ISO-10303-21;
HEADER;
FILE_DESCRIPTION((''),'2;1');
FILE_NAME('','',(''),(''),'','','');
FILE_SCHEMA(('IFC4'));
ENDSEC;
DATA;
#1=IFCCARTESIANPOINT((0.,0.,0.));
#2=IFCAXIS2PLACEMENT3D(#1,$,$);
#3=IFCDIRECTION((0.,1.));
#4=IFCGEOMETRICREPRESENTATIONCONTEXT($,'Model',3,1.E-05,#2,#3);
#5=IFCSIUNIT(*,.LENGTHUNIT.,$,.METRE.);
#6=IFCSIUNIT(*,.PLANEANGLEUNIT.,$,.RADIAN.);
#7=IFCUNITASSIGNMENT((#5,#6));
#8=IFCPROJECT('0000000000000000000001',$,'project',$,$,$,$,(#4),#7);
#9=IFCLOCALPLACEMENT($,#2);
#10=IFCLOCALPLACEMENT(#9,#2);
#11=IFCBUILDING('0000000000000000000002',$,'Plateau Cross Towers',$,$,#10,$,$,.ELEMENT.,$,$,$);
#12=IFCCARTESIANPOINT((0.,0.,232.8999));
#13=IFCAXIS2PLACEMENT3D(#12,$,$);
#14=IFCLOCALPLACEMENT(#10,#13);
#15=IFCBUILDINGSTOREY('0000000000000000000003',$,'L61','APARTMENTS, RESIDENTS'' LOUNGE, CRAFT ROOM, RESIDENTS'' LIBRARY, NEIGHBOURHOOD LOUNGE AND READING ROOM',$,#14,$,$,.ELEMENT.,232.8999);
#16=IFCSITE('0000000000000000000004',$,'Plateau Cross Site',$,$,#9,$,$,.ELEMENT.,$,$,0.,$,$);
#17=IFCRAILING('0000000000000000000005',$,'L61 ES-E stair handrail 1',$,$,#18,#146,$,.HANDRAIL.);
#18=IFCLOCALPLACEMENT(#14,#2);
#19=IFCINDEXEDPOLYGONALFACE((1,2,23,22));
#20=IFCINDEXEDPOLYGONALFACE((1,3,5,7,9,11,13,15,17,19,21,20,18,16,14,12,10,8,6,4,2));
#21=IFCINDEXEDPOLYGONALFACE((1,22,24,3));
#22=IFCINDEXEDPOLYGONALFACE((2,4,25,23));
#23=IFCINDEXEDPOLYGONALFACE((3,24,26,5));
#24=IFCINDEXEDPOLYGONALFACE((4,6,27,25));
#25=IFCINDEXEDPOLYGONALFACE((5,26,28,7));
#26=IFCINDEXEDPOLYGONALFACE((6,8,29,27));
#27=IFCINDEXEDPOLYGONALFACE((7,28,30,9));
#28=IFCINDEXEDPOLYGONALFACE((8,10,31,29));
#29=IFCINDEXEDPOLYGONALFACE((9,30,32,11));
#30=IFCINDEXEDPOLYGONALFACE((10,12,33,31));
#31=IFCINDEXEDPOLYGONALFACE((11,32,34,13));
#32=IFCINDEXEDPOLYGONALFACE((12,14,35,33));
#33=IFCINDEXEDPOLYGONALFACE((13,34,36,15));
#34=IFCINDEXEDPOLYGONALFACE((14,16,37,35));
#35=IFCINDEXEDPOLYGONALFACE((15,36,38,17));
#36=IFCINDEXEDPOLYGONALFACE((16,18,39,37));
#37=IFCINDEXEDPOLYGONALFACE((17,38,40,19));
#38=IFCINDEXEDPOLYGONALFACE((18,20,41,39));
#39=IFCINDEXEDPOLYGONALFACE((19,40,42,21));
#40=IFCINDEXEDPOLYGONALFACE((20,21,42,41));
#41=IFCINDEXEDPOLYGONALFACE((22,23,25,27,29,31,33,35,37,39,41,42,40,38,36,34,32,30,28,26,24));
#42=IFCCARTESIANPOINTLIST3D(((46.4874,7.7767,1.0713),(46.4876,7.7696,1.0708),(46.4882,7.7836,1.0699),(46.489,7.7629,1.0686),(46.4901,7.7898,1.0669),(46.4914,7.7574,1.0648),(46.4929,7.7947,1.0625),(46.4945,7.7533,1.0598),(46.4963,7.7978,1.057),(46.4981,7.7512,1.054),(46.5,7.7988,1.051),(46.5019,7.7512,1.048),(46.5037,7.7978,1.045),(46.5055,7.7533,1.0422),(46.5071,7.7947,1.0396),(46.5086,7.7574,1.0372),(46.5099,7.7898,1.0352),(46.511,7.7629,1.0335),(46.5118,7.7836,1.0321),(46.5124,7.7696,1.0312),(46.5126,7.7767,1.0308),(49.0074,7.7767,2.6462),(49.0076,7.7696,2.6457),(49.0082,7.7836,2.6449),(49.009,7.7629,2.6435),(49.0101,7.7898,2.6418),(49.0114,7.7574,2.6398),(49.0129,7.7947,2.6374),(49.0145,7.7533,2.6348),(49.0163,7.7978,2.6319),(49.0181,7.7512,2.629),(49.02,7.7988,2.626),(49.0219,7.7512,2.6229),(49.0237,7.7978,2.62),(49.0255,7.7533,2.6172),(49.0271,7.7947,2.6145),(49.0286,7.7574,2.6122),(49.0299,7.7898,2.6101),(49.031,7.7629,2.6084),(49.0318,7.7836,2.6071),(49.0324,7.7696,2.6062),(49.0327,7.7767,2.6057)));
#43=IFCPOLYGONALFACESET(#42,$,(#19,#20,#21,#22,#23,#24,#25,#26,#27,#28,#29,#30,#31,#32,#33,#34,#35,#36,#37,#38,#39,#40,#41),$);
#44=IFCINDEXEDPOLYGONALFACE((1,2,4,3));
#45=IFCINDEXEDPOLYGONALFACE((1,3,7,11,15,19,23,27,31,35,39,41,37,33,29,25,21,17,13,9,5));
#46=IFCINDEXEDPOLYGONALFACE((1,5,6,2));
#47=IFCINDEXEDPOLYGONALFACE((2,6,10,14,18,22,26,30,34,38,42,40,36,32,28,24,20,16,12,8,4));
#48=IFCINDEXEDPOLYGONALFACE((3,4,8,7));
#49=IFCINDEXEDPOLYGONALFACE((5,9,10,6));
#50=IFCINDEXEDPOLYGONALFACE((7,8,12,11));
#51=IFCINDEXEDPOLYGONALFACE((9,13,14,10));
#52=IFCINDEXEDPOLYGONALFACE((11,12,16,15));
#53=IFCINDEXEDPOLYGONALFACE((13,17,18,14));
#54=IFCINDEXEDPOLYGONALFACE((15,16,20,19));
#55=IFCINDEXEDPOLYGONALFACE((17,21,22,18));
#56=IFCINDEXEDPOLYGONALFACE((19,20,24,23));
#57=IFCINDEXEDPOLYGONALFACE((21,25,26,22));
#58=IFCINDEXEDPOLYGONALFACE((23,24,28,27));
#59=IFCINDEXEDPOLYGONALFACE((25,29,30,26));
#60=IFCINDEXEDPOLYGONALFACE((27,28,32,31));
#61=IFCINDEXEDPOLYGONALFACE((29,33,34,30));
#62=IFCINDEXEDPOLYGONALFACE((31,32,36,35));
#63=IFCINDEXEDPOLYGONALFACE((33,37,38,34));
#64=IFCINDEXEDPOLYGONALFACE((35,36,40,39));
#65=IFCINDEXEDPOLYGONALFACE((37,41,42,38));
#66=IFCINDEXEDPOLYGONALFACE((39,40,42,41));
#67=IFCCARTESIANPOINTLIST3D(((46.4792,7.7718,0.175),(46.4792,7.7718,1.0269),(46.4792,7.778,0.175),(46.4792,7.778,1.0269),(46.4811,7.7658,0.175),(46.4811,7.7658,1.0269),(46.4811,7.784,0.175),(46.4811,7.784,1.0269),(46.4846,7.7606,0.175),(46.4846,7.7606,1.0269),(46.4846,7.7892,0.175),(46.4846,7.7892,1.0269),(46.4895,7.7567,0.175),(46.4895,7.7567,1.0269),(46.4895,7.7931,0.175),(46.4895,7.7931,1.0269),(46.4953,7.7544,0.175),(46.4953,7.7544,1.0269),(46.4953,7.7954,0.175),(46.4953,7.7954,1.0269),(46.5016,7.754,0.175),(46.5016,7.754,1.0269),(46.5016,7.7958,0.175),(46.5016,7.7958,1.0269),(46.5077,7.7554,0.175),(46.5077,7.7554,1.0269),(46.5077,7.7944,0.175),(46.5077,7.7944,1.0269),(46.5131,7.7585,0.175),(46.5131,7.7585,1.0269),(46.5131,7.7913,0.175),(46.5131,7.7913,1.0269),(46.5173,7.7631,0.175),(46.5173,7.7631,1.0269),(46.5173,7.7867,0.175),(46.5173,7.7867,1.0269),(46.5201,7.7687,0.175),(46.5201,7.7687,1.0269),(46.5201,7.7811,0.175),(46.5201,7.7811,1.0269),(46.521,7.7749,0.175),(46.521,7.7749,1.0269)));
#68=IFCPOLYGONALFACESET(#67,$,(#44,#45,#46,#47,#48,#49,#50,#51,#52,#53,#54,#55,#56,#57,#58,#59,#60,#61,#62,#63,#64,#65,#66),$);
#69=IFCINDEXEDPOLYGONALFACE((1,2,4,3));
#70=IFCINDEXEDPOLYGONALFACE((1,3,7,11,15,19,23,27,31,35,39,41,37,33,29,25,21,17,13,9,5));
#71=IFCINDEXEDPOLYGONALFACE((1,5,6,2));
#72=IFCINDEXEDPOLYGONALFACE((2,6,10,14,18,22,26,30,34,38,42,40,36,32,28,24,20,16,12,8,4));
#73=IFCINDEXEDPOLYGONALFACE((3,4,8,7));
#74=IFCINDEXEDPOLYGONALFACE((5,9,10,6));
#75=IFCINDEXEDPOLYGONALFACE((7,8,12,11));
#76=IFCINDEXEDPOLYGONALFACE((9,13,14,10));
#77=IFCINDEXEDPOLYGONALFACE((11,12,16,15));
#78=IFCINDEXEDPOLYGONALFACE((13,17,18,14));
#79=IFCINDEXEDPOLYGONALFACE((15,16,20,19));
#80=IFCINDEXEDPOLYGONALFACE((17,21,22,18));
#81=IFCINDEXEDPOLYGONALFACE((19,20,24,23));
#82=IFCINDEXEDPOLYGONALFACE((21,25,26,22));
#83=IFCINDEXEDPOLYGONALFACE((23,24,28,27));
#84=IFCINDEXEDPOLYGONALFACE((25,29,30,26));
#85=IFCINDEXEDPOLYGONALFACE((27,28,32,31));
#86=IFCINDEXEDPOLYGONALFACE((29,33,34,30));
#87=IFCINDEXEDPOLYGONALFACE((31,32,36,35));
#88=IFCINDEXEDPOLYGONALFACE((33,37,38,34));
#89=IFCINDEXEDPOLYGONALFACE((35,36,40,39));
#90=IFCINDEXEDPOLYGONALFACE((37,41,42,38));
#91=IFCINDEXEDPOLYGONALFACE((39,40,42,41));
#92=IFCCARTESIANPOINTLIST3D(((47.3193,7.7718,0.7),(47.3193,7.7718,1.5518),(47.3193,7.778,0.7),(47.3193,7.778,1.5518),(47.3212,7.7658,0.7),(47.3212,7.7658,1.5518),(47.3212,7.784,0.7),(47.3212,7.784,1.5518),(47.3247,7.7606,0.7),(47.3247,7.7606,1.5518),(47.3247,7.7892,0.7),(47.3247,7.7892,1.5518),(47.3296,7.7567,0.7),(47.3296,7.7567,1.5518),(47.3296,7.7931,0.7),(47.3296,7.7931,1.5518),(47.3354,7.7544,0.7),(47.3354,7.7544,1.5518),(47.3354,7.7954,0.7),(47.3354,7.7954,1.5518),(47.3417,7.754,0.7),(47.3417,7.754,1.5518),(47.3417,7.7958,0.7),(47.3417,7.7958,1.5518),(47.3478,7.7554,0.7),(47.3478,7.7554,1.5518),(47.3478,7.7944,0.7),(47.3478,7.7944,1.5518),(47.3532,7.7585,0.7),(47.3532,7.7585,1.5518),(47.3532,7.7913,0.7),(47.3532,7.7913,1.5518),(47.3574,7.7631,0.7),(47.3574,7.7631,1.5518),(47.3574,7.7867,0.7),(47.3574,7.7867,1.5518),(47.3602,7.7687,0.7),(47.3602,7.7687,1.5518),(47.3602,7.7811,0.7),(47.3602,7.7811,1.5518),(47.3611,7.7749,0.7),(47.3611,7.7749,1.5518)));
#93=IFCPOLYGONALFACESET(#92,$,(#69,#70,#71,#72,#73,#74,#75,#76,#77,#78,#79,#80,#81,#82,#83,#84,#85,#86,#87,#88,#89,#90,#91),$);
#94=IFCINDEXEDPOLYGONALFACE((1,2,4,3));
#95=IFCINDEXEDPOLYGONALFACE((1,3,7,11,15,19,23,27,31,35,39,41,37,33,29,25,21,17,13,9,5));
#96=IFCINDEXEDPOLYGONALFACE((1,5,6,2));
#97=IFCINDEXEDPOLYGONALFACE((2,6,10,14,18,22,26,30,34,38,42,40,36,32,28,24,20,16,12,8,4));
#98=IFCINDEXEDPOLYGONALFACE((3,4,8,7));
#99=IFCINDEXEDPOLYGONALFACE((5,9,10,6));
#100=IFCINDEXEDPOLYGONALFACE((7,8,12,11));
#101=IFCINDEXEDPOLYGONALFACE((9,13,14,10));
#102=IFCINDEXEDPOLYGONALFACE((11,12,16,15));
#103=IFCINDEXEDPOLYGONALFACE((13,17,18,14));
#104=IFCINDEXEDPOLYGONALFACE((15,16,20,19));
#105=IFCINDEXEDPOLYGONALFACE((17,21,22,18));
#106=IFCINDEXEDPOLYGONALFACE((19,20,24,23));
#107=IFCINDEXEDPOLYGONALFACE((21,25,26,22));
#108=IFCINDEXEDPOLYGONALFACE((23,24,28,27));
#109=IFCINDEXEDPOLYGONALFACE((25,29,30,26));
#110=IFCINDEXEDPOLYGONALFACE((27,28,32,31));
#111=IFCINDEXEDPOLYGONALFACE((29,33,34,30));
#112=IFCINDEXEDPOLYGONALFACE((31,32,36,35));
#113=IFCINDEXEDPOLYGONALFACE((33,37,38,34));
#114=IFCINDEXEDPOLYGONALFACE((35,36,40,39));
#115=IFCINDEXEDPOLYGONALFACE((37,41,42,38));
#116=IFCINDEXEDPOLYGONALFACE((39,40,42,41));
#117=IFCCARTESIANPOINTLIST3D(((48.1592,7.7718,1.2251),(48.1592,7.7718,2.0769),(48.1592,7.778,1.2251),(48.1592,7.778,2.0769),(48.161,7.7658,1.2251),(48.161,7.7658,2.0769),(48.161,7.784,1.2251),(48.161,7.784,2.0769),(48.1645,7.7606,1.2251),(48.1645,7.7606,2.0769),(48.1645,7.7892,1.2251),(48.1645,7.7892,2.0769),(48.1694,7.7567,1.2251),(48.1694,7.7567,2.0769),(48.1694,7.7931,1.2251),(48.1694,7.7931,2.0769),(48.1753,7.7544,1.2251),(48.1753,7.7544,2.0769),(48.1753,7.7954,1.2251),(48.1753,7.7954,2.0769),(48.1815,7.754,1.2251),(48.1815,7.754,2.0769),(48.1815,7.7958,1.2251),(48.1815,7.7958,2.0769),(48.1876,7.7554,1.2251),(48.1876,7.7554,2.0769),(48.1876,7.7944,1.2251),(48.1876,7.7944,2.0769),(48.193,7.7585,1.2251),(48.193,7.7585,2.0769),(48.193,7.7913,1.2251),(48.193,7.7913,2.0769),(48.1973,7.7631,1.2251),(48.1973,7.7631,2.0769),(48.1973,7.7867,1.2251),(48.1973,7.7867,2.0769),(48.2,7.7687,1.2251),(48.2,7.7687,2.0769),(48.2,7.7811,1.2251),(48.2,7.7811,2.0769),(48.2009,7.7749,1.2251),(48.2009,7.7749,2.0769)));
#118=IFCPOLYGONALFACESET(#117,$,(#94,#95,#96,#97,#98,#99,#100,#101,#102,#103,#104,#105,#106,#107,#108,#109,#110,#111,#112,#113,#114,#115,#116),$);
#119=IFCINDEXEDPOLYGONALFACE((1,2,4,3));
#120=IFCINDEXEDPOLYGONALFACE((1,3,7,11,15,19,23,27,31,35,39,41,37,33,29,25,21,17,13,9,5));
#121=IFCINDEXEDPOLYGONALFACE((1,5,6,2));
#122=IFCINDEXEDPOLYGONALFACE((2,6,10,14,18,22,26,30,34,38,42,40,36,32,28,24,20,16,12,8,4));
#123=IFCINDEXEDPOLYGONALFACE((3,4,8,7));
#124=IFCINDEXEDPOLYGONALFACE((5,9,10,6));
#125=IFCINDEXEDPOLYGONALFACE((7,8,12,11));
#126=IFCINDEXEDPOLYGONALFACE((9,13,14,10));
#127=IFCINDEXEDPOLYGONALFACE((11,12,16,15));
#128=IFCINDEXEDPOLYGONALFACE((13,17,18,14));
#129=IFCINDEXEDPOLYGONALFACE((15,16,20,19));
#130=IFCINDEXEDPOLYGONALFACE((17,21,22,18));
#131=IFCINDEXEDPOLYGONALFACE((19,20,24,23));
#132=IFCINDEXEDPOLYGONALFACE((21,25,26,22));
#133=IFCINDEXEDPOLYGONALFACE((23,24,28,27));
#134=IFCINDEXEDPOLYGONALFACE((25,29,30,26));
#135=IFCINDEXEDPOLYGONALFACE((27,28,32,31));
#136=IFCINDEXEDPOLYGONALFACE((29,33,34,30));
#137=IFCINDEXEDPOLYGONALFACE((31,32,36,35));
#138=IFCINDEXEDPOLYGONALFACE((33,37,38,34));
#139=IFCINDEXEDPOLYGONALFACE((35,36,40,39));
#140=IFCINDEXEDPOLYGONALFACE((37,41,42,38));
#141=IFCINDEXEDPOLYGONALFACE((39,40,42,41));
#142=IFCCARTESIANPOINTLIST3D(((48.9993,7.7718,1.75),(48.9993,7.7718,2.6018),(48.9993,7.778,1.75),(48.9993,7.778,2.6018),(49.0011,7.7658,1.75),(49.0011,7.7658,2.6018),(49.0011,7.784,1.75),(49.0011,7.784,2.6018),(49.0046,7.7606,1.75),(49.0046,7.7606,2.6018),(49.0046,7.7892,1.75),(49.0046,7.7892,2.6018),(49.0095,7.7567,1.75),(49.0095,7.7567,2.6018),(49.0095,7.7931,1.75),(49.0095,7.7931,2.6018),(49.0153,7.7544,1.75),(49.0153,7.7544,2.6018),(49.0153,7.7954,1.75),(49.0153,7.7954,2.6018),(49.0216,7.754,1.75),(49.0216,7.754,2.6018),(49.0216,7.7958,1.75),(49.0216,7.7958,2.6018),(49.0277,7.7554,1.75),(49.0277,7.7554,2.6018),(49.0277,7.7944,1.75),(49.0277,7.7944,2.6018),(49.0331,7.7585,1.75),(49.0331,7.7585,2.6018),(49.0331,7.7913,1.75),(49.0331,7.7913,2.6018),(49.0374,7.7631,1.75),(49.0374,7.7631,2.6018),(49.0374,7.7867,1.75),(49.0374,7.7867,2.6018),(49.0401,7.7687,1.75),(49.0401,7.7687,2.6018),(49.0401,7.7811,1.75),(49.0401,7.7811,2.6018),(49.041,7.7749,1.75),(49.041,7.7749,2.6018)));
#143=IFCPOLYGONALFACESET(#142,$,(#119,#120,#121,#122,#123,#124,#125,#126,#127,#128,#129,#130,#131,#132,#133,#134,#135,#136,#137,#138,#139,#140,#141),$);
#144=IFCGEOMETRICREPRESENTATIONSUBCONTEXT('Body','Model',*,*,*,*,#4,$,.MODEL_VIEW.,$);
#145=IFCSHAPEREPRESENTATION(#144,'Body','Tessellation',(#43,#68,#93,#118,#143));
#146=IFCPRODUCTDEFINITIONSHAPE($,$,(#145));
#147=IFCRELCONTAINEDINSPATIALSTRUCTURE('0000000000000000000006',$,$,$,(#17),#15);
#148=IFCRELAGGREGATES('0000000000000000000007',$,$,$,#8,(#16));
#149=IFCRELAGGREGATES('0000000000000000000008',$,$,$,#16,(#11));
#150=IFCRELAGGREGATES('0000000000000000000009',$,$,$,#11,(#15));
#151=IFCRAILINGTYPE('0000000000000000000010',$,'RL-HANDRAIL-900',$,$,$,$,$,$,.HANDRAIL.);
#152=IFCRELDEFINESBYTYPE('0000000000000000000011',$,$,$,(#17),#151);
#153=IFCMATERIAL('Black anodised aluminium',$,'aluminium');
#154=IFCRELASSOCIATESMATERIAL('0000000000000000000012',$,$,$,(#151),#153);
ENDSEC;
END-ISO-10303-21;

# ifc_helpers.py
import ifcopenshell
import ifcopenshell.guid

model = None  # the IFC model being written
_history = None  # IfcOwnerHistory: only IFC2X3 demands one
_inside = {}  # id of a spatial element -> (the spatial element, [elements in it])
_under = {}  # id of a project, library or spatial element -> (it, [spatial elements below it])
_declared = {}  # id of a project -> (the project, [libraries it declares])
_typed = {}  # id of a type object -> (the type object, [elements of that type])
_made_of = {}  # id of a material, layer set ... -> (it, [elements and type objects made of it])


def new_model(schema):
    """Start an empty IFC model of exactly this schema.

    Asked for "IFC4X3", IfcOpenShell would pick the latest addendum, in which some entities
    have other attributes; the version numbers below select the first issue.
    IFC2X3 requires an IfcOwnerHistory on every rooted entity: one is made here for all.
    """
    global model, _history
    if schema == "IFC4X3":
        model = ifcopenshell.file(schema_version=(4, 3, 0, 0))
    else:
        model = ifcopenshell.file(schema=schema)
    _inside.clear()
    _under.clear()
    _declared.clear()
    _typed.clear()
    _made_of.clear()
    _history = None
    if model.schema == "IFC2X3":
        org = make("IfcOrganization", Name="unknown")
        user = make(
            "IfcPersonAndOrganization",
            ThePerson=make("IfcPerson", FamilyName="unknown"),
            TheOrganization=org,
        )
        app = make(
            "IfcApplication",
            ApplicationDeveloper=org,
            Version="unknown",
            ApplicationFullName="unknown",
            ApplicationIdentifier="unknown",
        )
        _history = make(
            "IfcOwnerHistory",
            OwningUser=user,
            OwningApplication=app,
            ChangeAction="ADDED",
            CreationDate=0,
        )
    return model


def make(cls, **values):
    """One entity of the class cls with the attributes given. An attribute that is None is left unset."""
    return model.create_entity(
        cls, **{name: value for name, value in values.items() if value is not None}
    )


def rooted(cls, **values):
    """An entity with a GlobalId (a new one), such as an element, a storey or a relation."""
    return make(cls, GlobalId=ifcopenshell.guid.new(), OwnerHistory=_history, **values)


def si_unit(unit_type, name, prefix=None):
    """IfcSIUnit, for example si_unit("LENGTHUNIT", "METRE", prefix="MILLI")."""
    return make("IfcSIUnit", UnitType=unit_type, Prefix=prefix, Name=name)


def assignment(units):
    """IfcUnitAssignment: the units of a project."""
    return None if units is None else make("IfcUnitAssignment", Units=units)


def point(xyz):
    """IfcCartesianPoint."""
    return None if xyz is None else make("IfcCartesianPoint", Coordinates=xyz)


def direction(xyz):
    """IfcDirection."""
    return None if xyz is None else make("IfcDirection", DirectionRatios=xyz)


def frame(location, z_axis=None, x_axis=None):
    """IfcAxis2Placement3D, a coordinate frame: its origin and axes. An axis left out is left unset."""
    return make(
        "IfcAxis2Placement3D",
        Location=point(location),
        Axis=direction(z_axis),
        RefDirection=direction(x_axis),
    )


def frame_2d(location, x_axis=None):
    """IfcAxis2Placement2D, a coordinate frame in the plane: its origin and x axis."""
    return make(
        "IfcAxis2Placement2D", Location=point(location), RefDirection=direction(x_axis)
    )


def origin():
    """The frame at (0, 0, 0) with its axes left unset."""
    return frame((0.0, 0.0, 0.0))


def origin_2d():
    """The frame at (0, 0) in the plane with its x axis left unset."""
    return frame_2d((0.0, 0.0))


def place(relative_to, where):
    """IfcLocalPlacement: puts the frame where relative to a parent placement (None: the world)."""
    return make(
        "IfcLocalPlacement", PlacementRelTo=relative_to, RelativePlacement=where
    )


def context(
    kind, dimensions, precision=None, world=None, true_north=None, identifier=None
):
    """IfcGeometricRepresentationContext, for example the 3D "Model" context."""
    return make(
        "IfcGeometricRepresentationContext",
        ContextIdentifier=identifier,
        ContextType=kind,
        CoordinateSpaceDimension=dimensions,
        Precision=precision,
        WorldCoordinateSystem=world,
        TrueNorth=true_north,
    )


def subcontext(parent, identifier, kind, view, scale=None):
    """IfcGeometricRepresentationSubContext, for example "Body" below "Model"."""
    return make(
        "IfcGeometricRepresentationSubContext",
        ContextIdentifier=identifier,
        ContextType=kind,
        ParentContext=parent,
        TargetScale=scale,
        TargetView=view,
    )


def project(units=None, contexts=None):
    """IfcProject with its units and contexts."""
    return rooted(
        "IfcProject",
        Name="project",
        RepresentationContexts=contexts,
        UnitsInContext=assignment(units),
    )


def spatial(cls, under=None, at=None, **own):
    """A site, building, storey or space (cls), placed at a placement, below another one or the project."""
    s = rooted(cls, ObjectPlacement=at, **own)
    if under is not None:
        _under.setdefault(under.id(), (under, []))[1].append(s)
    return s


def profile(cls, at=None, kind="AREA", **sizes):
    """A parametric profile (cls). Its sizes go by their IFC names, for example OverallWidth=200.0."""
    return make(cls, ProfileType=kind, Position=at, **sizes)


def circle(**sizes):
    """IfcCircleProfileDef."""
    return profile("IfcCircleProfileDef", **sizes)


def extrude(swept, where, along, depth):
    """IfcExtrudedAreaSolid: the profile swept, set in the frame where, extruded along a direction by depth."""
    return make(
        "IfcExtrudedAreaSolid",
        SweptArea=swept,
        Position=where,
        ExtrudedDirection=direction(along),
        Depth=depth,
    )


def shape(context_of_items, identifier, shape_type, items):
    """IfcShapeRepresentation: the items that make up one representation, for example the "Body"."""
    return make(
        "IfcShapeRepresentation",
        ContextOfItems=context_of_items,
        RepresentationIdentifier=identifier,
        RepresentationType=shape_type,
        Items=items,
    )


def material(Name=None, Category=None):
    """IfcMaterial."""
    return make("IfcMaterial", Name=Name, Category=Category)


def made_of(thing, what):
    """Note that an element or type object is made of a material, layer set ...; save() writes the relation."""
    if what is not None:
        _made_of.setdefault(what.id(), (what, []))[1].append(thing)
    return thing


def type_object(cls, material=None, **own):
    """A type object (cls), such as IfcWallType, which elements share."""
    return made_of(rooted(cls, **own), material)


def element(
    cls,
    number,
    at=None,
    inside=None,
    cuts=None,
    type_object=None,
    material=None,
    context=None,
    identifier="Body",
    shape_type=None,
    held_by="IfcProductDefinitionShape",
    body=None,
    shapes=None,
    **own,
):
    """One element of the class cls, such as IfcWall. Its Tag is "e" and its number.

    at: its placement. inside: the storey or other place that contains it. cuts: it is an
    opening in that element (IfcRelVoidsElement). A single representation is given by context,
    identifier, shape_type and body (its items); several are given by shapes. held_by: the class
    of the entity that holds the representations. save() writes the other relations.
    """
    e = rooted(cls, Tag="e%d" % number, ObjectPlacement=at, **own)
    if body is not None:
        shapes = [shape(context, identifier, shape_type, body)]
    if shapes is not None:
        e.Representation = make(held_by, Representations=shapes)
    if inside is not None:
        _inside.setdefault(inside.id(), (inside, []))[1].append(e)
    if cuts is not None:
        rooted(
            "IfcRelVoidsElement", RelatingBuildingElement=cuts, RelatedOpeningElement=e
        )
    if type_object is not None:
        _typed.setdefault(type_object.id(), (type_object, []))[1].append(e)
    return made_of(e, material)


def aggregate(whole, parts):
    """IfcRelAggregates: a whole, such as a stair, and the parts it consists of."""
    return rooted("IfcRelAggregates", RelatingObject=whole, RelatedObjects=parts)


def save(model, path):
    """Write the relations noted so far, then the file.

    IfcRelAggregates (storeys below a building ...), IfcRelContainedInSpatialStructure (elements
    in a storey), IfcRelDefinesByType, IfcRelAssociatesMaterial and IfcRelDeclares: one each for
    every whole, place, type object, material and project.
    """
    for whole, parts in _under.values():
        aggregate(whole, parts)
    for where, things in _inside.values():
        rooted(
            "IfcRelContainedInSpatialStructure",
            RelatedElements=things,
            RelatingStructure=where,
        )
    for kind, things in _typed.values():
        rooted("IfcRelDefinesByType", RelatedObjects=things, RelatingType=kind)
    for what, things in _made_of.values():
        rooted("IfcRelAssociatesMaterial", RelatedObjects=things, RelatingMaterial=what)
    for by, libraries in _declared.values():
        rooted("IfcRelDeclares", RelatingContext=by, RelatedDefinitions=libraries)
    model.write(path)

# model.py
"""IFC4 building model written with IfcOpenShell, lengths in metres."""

from ifc_helpers import new_model, si_unit, direction, frame, origin, origin_2d, place, context, subcontext, project, spatial, circle, extrude, material, type_object, element, save


model = new_model("IFC4")

# Units and contexts
model_context = context("Model", 3, precision=1e-05, world=origin(), true_north=direction((0.0, 1.0)))
body_context = subcontext(model_context, "Body", "Model", "MODEL_VIEW")
ifc_project = project(units=[si_unit("LENGTHUNIT", "METRE"), si_unit("PLANEANGLEUNIT", "RADIAN")], contexts=[model_context])

# Site, building, storey
site_placement = place(None, origin())
site = spatial("IfcSite", under=ifc_project, at=site_placement, Name="Plateau Cross Site", CompositionType="ELEMENT", RefElevation=0.0)
building_placement = place(site_placement, origin())
building = spatial("IfcBuilding", under=site, at=building_placement, Name="Plateau Cross Towers", CompositionType="ELEMENT")
storey_placement = place(building_placement, frame((0.0, 0.0, 232.8999)))
storey = spatial("IfcBuildingStorey", under=building, at=storey_placement, Name="L61", Description="APARTMENTS, RESIDENTS' LOUNGE, CRAFT ROOM, RESIDENTS' LIBRARY, NEIGHBOURHOOD LOUNGE AND READING ROOM", CompositionType="ELEMENT", Elevation=232.8999)

# Shared definitions
ifc_material_1 = material(Name="Black anodised aluminium", Category="aluminium")

# Railing
railing_type_1 = type_object("IfcRailingType", Name="RL-HANDRAIL-900", PredefinedType="HANDRAIL", material=ifc_material_1)
railing_placement = place(storey_placement, frame((46.5, 7.7749, 0.175)))
element("IfcRailing", 1, at=railing_placement, inside=storey, type_object=railing_type_1, Name="L61 ES-E stair handrail 1", PredefinedType="HANDRAIL", context=body_context, shape_type="SweptSolid", body=[
    extrude(circle(Radius=0.0239, at=origin_2d()), frame((0.0, 0.0, 0.876), z_axis=(0.848008, 0.0, 0.529984), x_axis=(0.0, 1.0, 0.0)), (0.0, 0.0, 1.0), 2.9717),
    extrude(circle(Radius=0.021, at=origin_2d()), origin(), (0.0, 0.0, 1.0), 0.8518),
    extrude(circle(Radius=0.021, at=origin_2d()), frame((0.8401, 0.0, 0.5249)), (0.0, 0.0, 1.0), 0.8518),
    extrude(circle(Radius=0.021, at=origin_2d()), frame((1.6799, 0.0, 1.05)), (0.0, 0.0, 1.0), 0.8518),
    extrude(circle(Radius=0.021, at=origin_2d()), frame((2.52, 0.0, 1.575)), (0.0, 0.0, 1.0), 0.8518),
])

save(model, "model.ifc")
